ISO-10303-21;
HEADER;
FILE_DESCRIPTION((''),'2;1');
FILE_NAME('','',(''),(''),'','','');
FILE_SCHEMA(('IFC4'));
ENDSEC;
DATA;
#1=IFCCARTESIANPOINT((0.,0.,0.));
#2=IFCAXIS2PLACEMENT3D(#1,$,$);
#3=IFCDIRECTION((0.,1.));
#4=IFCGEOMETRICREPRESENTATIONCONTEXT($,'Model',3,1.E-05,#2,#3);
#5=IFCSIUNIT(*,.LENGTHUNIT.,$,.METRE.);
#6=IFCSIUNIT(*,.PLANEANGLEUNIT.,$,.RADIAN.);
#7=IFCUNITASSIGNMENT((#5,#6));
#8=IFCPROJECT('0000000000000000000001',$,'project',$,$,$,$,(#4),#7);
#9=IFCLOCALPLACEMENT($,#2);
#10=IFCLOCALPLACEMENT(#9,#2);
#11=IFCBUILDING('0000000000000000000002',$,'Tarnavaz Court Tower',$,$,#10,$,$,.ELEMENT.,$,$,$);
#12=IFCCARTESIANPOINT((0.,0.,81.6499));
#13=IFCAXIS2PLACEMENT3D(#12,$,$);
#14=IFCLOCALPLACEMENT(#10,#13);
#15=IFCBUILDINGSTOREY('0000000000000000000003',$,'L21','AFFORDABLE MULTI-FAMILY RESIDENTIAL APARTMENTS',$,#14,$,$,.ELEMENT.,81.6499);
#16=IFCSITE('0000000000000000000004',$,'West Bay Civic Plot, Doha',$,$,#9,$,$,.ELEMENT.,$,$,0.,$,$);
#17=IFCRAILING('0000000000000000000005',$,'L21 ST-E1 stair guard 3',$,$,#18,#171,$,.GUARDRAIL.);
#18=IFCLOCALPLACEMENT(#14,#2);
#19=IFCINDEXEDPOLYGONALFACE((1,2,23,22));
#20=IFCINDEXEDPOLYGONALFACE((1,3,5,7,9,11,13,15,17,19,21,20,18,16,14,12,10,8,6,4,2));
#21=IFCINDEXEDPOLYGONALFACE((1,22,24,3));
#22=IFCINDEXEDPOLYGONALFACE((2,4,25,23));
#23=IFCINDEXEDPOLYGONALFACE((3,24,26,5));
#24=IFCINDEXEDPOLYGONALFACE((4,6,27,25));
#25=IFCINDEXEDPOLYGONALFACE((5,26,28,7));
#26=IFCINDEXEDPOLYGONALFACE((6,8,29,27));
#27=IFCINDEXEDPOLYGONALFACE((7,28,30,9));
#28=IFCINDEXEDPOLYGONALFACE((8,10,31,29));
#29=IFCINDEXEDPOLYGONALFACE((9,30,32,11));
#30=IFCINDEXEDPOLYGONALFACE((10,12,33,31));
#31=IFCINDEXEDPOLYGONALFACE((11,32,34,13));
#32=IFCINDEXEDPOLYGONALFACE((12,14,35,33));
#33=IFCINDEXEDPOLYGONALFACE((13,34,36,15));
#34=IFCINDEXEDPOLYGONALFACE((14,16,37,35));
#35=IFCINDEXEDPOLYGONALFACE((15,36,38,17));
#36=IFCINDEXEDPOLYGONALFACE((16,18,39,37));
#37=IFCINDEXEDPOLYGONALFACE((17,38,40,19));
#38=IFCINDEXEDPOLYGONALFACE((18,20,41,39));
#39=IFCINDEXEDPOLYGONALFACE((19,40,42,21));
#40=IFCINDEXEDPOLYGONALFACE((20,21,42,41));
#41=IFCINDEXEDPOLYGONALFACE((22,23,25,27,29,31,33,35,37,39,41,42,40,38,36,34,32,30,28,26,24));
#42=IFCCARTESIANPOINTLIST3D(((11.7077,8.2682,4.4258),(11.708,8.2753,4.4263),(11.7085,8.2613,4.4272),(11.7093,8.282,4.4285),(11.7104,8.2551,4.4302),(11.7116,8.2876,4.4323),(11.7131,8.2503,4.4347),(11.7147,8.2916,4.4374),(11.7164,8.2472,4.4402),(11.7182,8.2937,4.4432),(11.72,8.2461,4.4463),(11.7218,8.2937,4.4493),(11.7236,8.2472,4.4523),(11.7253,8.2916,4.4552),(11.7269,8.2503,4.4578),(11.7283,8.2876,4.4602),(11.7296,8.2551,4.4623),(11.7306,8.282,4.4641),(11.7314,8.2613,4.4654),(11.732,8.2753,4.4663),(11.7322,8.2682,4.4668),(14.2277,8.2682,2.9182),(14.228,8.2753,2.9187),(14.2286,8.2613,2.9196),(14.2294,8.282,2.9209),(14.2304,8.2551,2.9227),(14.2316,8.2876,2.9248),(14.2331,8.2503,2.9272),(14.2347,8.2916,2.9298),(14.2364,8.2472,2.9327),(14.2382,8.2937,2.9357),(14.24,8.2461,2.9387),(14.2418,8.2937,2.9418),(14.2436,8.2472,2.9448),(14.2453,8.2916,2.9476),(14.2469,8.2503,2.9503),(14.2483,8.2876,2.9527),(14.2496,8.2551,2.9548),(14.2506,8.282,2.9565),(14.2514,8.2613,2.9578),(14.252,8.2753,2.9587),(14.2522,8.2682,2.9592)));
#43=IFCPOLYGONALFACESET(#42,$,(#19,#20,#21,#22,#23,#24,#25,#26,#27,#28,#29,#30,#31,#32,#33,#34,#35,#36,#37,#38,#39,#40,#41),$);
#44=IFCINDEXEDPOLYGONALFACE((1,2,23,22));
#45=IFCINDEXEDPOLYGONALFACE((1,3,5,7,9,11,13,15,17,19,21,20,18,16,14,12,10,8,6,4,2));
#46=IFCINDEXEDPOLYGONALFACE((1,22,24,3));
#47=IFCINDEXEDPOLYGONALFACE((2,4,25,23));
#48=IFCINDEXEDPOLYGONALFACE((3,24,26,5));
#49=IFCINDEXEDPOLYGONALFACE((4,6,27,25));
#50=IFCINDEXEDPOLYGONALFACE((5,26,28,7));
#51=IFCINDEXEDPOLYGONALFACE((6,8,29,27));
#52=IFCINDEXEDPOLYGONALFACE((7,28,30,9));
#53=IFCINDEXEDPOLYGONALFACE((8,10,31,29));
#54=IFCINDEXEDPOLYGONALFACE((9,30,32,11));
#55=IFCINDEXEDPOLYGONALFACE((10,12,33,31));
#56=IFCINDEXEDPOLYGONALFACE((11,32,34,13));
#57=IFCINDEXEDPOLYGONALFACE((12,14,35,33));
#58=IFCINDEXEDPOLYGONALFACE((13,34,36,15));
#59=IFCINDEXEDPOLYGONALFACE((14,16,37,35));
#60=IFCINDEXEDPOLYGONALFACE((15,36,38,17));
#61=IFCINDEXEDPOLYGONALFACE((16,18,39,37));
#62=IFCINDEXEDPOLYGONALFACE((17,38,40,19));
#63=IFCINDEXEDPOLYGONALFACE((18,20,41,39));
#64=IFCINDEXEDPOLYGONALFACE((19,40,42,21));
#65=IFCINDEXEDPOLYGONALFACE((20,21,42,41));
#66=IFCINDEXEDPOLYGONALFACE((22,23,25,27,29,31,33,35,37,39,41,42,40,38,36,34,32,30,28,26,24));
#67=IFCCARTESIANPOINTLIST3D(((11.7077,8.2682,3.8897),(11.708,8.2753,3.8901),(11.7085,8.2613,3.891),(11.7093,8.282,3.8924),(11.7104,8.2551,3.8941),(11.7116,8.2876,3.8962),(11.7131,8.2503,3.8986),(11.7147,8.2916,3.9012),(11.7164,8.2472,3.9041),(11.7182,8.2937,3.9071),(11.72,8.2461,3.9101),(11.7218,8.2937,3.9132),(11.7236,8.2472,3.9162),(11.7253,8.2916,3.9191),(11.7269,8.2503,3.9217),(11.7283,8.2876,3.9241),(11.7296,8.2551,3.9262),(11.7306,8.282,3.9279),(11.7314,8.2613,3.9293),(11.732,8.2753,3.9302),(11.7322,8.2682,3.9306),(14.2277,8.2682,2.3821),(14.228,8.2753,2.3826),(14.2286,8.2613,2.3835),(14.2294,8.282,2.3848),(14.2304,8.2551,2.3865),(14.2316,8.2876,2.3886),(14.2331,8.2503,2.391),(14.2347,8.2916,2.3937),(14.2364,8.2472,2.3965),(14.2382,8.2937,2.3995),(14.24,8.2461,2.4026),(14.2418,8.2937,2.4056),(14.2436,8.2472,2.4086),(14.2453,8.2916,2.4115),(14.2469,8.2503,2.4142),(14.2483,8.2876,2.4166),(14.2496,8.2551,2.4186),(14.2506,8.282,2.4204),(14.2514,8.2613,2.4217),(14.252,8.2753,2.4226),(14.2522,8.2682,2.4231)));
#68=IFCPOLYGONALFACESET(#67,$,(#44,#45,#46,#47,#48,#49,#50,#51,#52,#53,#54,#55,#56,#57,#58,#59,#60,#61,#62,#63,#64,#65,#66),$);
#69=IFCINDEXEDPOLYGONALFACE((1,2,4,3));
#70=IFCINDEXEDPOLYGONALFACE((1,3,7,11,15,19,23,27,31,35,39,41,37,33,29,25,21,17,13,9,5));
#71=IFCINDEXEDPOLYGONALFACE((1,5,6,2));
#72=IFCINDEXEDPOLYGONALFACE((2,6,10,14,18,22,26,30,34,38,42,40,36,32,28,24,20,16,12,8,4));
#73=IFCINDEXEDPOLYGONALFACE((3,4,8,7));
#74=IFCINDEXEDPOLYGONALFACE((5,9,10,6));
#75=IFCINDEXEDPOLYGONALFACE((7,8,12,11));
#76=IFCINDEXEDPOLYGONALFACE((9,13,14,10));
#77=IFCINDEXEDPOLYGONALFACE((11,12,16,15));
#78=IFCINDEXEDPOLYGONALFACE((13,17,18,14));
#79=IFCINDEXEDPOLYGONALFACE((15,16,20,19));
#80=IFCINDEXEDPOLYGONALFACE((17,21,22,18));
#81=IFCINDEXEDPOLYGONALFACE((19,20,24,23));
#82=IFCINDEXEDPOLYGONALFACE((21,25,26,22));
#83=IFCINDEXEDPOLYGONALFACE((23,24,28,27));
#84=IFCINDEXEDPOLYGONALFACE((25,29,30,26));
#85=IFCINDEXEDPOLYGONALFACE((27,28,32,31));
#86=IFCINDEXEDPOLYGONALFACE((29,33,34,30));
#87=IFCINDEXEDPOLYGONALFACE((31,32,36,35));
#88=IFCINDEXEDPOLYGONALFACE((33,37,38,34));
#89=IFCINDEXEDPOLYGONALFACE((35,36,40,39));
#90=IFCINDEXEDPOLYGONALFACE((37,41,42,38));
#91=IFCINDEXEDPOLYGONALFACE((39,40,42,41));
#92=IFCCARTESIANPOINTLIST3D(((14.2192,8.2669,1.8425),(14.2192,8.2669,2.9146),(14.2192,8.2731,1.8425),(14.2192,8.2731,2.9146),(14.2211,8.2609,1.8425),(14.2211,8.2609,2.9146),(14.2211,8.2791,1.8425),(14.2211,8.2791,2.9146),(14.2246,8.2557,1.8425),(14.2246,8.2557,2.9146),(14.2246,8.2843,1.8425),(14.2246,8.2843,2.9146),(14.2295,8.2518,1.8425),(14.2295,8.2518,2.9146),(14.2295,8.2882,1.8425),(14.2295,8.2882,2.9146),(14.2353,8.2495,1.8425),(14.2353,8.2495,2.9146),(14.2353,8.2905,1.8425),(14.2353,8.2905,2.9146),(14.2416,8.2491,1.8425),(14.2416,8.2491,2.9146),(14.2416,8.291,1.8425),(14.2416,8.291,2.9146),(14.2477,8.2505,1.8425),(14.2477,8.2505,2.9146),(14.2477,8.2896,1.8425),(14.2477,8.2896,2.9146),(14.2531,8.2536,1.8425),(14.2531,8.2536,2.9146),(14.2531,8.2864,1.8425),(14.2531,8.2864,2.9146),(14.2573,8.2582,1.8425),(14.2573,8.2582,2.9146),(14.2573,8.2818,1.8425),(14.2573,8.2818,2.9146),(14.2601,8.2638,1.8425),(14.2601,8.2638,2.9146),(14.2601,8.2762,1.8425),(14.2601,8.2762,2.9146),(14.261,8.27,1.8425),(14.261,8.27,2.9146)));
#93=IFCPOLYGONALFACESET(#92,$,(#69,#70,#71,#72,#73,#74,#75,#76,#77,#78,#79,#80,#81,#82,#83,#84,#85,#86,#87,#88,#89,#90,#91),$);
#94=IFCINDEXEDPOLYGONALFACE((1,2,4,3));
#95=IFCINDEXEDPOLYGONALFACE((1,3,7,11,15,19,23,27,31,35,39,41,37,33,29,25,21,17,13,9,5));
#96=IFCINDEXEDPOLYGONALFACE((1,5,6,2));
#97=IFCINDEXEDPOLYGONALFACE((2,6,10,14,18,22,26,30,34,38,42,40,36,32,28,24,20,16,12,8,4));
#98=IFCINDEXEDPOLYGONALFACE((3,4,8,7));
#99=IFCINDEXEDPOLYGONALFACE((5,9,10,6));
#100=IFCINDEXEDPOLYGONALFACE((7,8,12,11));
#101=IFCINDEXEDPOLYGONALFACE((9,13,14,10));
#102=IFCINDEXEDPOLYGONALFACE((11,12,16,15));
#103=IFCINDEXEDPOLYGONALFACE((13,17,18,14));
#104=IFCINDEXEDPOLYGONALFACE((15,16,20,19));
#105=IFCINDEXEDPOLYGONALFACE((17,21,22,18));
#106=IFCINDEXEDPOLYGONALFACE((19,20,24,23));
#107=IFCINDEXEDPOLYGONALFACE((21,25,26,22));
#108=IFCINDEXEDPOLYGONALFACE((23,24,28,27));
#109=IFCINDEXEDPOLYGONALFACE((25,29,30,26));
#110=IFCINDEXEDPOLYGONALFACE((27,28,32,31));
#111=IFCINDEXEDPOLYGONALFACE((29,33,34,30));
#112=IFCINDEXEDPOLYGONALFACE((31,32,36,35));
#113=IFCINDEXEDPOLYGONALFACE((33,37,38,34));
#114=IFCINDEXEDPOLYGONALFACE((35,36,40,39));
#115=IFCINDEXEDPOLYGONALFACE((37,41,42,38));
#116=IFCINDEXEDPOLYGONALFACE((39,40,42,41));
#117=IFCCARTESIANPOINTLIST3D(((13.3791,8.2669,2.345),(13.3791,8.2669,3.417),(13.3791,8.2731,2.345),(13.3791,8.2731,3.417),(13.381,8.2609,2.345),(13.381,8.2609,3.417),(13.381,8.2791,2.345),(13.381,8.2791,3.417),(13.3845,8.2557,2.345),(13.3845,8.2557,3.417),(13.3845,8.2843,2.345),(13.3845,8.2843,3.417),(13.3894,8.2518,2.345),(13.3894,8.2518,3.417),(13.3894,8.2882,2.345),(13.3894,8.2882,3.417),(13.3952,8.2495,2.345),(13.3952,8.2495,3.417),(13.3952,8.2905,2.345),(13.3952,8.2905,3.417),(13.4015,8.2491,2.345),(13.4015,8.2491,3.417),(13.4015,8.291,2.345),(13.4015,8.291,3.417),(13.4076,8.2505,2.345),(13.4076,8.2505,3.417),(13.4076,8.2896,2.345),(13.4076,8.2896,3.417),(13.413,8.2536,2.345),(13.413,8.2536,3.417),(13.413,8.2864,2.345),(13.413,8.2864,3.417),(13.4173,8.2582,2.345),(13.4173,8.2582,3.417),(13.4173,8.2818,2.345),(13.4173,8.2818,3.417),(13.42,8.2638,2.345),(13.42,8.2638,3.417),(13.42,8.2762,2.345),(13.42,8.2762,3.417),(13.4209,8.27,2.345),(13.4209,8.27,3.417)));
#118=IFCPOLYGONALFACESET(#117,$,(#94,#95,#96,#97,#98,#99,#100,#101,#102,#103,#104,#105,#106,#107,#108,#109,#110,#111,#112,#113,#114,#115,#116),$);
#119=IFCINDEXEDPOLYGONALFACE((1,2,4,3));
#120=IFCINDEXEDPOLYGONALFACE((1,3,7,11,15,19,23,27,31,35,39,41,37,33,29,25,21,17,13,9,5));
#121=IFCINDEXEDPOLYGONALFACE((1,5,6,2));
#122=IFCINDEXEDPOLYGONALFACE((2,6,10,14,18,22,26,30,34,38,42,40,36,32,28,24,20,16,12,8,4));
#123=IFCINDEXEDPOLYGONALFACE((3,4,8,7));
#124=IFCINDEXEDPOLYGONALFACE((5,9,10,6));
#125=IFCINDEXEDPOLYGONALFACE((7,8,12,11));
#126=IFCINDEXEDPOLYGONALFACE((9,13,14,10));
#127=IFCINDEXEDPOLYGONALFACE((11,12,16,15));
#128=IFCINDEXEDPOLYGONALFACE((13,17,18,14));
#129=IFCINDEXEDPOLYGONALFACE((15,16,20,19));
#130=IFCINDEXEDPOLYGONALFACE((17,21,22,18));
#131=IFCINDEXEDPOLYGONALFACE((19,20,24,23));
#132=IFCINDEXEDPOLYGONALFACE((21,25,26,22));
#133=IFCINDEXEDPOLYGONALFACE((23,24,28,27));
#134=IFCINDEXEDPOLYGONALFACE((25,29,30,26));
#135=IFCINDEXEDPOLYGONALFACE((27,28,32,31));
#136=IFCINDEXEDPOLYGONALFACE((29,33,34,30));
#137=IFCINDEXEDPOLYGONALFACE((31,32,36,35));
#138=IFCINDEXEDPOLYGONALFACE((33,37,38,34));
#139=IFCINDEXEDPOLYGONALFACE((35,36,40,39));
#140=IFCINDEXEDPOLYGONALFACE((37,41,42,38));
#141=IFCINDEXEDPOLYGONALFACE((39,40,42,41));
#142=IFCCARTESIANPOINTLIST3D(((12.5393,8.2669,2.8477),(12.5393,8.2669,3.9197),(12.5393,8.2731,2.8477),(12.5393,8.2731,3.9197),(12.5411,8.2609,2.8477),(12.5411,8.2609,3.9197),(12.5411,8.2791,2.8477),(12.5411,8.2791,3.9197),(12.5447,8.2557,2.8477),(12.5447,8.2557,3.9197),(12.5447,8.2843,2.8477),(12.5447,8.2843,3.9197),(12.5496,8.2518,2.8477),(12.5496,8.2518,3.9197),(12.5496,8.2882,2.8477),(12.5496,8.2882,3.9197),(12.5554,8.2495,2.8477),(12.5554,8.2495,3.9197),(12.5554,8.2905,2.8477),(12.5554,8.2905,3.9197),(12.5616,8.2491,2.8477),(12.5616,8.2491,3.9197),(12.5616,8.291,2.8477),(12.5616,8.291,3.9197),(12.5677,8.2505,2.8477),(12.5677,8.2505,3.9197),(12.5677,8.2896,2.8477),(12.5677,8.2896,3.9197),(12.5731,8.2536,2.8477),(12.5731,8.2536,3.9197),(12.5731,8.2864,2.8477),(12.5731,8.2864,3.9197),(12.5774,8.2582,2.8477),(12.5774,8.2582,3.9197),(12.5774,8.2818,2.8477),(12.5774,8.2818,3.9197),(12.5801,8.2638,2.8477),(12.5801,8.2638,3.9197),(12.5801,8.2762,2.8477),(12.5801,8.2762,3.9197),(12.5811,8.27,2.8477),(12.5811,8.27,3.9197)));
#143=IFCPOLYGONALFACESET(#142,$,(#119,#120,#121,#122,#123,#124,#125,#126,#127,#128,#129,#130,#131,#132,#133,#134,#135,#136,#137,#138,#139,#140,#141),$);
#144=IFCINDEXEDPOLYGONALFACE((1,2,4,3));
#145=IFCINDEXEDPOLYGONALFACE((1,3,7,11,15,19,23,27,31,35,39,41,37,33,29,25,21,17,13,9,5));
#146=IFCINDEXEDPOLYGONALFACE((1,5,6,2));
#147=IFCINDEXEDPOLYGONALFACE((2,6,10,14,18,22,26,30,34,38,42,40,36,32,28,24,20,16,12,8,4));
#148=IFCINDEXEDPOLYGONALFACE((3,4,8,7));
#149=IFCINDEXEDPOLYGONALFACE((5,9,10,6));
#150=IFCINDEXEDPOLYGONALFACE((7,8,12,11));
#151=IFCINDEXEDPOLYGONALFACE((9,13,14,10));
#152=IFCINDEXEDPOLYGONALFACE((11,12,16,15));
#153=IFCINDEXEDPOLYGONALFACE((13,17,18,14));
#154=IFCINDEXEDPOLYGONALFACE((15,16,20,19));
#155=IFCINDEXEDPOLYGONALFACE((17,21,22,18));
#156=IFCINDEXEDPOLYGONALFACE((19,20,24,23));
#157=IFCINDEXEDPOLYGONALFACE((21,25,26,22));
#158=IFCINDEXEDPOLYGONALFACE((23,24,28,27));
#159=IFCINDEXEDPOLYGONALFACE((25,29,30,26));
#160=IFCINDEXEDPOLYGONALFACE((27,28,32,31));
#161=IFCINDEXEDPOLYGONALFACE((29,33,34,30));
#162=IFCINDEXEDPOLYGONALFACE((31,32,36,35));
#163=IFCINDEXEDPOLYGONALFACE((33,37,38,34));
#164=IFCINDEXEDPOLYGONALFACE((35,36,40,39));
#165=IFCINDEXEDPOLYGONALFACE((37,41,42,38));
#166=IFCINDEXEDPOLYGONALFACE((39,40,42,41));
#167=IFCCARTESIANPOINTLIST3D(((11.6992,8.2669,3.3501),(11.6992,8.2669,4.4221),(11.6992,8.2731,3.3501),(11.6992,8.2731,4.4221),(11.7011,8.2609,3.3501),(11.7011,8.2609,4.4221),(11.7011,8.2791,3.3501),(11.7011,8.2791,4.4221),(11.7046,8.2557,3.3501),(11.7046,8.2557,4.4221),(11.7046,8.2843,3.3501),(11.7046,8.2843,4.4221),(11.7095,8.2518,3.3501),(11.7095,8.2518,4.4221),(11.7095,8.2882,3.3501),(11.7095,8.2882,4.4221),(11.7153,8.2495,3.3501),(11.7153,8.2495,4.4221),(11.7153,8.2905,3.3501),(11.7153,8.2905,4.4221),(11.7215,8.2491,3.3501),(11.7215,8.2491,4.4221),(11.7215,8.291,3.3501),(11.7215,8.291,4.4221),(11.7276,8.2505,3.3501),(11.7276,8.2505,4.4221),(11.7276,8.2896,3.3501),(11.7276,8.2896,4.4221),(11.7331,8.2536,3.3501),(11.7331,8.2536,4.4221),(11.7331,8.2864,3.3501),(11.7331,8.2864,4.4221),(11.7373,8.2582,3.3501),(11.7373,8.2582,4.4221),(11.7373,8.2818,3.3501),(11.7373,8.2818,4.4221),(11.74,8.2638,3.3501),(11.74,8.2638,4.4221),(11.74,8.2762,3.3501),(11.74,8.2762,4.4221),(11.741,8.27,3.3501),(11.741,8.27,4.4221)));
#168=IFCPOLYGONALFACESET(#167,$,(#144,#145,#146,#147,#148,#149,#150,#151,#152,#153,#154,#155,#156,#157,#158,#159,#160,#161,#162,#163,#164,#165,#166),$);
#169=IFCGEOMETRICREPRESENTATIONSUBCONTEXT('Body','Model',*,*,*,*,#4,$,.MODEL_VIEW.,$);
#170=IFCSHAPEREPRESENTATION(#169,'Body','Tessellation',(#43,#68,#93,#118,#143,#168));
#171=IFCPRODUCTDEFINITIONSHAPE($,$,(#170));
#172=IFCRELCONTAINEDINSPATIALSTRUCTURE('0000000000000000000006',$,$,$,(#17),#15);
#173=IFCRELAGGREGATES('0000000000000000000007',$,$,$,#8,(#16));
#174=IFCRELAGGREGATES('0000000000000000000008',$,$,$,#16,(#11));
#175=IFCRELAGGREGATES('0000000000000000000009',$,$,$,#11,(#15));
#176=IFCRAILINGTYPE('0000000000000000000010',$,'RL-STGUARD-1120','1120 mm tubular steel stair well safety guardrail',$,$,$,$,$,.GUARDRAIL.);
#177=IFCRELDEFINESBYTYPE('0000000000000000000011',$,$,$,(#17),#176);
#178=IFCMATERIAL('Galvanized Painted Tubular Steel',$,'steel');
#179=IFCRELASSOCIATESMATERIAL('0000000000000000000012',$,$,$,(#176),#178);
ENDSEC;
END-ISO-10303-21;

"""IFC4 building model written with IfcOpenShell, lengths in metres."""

from ifc_helpers import new_model, si_unit, direction, frame, origin, origin_2d, place, context, subcontext, project, spatial, circle, extrude, material, type_object, element, save


model = new_model("IFC4")

# Units and contexts
model_context = context("Model", 3, precision=1e-05, world=origin(), true_north=direction((0.0, 1.0)))
body_context = subcontext(model_context, "Body", "Model", "MODEL_VIEW")
ifc_project = project(units=[si_unit("LENGTHUNIT", "METRE"), si_unit("PLANEANGLEUNIT", "RADIAN")], contexts=[model_context])

# Site, building, storey
site_placement = place(None, origin())
site = spatial("IfcSite", under=ifc_project, at=site_placement, Name="West Bay Civic Plot, Doha", CompositionType="ELEMENT", RefElevation=0.0)
building_placement = place(site_placement, origin())
building = spatial("IfcBuilding", under=site, at=building_placement, Name="Tarnavaz Court Tower", CompositionType="ELEMENT")
storey_placement = place(building_placement, frame((0.0, 0.0, 81.6499)))
storey = spatial("IfcBuildingStorey", under=building, at=storey_placement, Name="L21", Description="AFFORDABLE MULTI-FAMILY RESIDENTIAL APARTMENTS", CompositionType="ELEMENT", Elevation=81.6499)

# Railing
ifc_material_1 = material(Name="Galvanized Painted Tubular Steel", Category="steel")
railing_type_1 = type_object("IfcRailingType", Name="RL-STGUARD-1120", Description="1120 mm tubular steel stair well safety guardrail", PredefinedType="GUARDRAIL", material=ifc_material_1)
railing_1_placement = place(storey_placement, frame((14.24, 8.27, 1.8425)))
element("IfcRailing", 1, at=railing_1_placement, inside=storey, type_object=railing_type_1, Name="L21 ST-E1 stair guard 3", PredefinedType="GUARDRAIL", context=body_context, shape_type="SweptSolid", body=[
    extrude(circle(Radius=0.0239, at=origin_2d()), frame((0.0, 0.0, 1.0962), z_axis=(-0.85816, 0.0, 0.513383), x_axis=(0.0, -1.0, 0.0)), (0.0, 0.0, 1.0), 2.9365),
    extrude(circle(Radius=0.0239, at=origin_2d()), frame((0.0, 0.0, 0.5601), z_axis=(-0.85816, 0.0, 0.513383), x_axis=(0.0, -1.0, 0.0)), (0.0, 0.0, 1.0), 2.9365),
    extrude(circle(Radius=0.021, at=origin_2d()), origin(), (0.0, 0.0, 1.0), 1.072),
    extrude(circle(Radius=0.021, at=origin_2d()), frame((-0.8401, 0.0, 0.5024)), (0.0, 0.0, 1.0), 1.072),
    extrude(circle(Radius=0.021, at=origin_2d()), frame((-1.6799, 0.0, 1.0051)), (0.0, 0.0, 1.0), 1.072),
    extrude(circle(Radius=0.021, at=origin_2d()), frame((-2.52, 0.0, 1.5076)), (0.0, 0.0, 1.0), 1.072),
])

save(model, "model.ifc")
